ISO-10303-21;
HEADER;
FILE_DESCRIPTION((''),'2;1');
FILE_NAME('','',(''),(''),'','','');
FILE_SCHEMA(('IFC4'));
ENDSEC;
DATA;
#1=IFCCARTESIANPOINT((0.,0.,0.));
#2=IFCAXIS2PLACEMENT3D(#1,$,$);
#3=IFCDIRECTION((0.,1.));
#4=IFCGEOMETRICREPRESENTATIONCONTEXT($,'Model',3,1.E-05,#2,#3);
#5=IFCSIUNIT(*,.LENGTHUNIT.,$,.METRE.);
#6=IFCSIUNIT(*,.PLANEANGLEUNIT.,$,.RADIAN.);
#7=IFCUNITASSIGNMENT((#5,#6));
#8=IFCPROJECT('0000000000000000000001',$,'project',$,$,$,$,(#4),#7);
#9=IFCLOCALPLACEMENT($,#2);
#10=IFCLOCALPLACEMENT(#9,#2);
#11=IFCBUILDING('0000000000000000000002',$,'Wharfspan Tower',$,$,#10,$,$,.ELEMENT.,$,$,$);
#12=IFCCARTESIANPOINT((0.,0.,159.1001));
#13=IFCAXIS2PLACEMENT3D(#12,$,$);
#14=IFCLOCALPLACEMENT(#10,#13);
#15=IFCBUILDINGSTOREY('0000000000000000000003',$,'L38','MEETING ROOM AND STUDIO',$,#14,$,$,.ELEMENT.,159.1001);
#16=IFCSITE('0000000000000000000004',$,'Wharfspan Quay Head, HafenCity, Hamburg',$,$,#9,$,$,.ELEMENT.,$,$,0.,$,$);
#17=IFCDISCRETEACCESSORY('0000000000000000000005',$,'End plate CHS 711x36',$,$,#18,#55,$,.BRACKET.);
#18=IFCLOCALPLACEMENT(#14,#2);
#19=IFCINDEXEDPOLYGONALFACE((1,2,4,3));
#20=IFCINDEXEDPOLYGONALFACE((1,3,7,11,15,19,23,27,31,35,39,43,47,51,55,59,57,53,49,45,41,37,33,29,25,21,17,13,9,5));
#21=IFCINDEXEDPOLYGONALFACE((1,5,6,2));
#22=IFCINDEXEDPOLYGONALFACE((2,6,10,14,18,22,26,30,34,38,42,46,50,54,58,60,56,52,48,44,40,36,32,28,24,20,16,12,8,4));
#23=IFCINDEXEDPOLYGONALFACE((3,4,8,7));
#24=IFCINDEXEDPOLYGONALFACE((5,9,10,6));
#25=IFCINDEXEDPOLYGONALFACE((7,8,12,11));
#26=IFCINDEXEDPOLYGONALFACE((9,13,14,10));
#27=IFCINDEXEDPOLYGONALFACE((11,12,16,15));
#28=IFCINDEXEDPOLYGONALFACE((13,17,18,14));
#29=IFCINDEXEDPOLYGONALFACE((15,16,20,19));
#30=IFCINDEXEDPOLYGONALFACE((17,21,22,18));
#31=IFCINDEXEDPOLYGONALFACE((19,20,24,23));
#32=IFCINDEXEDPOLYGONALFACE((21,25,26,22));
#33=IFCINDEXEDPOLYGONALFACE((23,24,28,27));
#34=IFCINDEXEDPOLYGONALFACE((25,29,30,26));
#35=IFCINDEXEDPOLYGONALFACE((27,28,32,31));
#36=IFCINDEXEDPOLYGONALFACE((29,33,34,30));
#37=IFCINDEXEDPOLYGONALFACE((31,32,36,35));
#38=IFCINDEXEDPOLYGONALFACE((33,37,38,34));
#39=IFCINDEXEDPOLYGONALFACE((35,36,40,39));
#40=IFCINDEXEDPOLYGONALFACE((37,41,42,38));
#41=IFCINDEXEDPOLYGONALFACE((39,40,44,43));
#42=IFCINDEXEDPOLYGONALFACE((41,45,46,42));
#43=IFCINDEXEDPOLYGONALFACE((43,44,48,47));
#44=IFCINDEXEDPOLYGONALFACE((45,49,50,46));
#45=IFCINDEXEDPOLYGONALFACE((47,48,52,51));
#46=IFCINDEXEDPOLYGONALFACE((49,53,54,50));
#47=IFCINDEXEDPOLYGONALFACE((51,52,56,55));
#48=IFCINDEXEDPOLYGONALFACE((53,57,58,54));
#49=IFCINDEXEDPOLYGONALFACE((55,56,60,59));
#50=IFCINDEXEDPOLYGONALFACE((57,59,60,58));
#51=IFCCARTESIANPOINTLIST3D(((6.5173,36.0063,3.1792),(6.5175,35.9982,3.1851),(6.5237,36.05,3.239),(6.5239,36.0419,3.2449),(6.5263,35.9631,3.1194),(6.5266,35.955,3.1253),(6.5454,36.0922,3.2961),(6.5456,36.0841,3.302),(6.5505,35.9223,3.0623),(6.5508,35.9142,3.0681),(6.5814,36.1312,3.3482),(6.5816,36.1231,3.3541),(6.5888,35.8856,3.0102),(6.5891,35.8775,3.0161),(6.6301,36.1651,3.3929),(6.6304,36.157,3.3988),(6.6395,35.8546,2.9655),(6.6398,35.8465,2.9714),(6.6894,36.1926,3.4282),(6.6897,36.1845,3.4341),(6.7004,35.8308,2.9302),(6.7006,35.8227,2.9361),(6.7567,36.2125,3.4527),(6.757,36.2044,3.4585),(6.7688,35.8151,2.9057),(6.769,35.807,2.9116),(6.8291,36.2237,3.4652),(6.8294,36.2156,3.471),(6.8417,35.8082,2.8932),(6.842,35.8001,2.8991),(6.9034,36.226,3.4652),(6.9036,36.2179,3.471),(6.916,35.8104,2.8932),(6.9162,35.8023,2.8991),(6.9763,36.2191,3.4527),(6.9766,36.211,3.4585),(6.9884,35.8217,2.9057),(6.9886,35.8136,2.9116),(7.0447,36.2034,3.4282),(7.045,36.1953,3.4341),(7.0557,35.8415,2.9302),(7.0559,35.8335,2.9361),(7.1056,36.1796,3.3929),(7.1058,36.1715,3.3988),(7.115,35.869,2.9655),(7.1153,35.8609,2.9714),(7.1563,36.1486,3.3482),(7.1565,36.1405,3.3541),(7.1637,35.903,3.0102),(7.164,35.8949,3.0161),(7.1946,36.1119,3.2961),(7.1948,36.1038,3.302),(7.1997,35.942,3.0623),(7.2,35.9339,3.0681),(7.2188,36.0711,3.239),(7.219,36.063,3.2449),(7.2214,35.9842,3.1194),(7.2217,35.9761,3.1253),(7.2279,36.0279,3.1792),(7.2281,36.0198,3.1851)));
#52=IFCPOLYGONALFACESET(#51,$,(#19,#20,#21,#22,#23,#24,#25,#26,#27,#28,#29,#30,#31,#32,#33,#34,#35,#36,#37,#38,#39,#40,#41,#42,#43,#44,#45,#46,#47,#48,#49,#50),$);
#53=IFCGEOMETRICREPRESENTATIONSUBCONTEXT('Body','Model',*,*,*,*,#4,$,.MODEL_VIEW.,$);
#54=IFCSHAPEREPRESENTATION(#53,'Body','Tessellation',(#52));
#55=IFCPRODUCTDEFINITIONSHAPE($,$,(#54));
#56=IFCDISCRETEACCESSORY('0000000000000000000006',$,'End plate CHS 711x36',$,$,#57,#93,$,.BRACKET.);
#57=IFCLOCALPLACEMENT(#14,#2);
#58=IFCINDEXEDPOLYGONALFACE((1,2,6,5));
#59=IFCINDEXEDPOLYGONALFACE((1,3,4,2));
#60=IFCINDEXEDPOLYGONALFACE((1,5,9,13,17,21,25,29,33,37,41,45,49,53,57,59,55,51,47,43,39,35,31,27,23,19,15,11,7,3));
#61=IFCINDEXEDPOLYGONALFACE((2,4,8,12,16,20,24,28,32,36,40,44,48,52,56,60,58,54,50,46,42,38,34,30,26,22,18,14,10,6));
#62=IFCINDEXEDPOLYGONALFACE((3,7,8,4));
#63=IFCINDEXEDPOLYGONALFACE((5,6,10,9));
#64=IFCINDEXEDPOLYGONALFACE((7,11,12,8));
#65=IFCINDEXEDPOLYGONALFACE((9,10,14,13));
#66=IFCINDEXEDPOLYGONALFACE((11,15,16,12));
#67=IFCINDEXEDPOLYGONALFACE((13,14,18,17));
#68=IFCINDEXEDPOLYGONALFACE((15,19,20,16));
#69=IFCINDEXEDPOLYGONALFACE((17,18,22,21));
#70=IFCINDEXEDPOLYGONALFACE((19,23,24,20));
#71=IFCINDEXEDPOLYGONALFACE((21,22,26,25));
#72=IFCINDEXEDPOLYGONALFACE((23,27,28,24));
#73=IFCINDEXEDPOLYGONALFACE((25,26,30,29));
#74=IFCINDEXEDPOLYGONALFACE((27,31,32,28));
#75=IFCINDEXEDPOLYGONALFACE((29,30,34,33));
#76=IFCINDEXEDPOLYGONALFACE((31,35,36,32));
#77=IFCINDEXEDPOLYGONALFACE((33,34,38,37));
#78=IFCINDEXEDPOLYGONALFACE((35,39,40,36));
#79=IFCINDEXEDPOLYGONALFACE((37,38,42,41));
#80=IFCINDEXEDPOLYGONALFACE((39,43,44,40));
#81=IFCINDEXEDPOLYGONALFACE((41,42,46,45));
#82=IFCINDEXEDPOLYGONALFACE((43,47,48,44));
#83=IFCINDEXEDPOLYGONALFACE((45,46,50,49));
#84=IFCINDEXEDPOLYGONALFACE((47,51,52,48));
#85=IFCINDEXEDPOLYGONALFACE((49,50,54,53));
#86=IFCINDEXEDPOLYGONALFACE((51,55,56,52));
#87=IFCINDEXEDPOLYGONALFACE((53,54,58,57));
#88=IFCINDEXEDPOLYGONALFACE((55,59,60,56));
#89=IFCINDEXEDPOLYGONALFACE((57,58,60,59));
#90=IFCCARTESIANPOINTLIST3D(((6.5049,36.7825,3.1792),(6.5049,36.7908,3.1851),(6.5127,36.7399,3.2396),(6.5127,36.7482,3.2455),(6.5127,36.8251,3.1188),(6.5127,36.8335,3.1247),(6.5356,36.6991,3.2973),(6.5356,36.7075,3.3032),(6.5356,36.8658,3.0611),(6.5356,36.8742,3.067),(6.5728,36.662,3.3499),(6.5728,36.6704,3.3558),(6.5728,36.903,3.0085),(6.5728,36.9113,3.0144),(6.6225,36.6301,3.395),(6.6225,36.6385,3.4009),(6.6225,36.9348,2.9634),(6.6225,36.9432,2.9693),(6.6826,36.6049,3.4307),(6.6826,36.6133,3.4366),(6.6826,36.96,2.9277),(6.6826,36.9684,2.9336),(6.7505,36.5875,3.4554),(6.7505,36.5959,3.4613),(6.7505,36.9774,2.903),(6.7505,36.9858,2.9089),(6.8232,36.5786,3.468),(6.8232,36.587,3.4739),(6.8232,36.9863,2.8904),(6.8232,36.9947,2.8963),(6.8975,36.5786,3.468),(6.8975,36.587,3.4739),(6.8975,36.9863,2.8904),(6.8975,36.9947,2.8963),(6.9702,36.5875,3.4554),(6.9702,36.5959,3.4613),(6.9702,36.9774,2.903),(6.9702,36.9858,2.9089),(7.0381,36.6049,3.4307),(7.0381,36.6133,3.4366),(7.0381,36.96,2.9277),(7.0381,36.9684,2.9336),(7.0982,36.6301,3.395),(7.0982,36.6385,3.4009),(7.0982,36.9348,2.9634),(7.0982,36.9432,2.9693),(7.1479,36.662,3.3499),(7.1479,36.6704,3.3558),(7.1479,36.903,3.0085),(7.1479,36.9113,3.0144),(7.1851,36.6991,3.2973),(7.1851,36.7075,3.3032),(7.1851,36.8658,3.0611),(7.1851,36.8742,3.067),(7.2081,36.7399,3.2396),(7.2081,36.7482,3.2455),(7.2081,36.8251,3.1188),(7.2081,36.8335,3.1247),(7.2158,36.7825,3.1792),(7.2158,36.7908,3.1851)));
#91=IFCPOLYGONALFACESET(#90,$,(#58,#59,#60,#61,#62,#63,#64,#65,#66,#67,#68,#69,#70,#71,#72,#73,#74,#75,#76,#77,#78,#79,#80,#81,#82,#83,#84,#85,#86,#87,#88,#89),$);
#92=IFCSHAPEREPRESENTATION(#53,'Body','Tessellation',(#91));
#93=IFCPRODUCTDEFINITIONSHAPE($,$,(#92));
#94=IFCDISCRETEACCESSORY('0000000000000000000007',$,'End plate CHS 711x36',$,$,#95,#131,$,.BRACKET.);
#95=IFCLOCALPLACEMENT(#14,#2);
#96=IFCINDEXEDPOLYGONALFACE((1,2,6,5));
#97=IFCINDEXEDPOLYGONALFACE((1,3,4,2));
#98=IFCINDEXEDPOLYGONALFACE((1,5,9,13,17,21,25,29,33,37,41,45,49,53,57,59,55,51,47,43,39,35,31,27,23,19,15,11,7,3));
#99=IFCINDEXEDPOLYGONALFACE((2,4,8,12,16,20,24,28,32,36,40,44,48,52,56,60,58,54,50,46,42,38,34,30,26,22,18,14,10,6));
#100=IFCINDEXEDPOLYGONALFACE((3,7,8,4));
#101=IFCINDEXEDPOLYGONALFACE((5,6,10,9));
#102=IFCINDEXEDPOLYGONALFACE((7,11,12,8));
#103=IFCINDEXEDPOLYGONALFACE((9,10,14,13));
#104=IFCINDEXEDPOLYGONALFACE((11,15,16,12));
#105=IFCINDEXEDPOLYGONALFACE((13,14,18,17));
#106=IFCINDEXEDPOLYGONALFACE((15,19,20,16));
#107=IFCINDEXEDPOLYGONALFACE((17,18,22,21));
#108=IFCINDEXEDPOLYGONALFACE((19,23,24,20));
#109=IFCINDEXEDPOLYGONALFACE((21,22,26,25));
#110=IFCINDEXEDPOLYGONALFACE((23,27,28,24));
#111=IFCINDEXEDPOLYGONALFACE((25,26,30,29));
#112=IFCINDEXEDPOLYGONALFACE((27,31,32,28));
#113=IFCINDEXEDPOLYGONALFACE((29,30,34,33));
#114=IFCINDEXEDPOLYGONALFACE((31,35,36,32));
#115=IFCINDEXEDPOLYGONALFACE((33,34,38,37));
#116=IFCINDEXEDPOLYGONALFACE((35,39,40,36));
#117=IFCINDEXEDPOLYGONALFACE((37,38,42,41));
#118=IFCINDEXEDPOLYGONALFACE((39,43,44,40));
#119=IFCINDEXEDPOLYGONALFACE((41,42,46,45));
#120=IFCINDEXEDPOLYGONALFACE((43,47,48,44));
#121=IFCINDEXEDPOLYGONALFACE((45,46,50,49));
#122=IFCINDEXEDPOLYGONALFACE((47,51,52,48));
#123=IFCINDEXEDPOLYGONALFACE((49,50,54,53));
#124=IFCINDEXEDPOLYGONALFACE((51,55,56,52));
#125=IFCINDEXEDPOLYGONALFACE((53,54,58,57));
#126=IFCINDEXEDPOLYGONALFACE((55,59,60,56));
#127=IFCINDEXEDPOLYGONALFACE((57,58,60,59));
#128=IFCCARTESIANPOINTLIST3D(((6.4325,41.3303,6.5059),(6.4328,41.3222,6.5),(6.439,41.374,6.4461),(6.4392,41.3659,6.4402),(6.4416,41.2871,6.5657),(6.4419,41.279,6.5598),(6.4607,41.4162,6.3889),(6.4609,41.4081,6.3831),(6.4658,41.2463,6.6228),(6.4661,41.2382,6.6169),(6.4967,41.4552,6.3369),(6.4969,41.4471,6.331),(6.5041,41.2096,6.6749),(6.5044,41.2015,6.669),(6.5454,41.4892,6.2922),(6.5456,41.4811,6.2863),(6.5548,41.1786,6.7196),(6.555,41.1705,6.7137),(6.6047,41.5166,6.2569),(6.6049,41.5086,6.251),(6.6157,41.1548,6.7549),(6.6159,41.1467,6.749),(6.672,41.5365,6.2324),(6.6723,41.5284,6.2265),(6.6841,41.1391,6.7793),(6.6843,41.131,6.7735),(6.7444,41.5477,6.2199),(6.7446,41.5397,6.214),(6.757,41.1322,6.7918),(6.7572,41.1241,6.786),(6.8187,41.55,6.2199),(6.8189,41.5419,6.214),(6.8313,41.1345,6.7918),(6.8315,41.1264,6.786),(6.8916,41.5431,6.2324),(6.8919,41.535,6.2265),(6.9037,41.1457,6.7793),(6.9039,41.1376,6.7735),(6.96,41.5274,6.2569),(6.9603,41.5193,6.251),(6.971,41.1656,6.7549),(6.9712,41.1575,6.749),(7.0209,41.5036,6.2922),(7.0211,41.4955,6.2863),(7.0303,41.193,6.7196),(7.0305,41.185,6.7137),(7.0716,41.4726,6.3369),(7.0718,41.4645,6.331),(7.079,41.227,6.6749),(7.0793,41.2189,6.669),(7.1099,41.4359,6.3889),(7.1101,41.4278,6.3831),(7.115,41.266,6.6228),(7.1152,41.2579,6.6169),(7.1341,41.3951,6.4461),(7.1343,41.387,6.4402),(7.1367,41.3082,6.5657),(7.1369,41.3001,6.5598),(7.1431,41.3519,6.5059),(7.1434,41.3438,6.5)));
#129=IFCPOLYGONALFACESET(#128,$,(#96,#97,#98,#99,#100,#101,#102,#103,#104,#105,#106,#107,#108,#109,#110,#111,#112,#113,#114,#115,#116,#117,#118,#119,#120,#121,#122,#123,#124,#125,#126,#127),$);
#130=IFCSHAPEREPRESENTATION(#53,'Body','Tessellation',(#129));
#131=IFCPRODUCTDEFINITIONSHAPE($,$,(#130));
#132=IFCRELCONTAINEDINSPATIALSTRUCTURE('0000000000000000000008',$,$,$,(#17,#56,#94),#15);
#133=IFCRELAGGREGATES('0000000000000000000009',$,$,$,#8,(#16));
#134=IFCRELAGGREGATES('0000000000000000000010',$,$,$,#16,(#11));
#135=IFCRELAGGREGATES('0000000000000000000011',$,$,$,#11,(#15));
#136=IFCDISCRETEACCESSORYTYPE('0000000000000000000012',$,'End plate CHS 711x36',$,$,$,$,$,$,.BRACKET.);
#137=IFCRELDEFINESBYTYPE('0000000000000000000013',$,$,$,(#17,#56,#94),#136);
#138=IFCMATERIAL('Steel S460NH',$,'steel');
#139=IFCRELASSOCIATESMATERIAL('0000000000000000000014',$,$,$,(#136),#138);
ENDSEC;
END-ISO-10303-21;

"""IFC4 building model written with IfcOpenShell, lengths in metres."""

from ifc_helpers import new_model, si_unit, direction, frame, origin, origin_2d, place, context, subcontext, project, spatial, circle, extrude, material, material_profile, profile_set, type_object, element, save


model = new_model("IFC4")

# Units and contexts
model_context = context("Model", 3, precision=1e-05, world=origin(), true_north=direction((0.0, 1.0)))
body_context = subcontext(model_context, "Body", "Model", "MODEL_VIEW")
ifc_project = project(units=[si_unit("LENGTHUNIT", "METRE"), si_unit("PLANEANGLEUNIT", "RADIAN")], contexts=[model_context])

# Site, building, storey
site_placement = place(None, origin())
site = spatial("IfcSite", under=ifc_project, at=site_placement, Name="Wharfspan Quay Head, HafenCity, Hamburg", CompositionType="ELEMENT", RefElevation=0.0)
building_placement = place(site_placement, origin())
building = spatial("IfcBuilding", under=site, at=building_placement, Name="Wharfspan Tower", CompositionType="ELEMENT")
storey_placement = place(building_placement, frame((0.0, 0.0, 159.1001)))
storey = spatial("IfcBuildingStorey", under=building, at=storey_placement, Name="L38", Description="MEETING ROOM AND STUDIO", CompositionType="ELEMENT", Elevation=159.1001)

# Shared definitions
ifc_material_1 = material(Name="Steel S460NH", Category="steel")

# Discrete accessories
ifc_material_profile_1 = material_profile(ifc_material_1, circle(Radius=0.3555, at=origin_2d()))
ifc_profile_set_1 = profile_set([ifc_material_profile_1], Name="Steel S460NH")
discrete_accessory_type = type_object("IfcDiscreteAccessoryType", Name="End plate CHS 711x36", PredefinedType="BRACKET", material=ifc_profile_set_1)
discrete_accessory_1_placement = place(storey_placement, frame((6.8726, 36.0171, 3.1792), z_axis=(0.0245, -0.808493, 0.587995), x_axis=(0.999537, 0.03029, 0.000001)))
element("IfcDiscreteAccessory", 1, at=discrete_accessory_1_placement, inside=storey, type_object=discrete_accessory_type, Name="End plate CHS 711x36", PredefinedType="BRACKET", context=body_context, shape_type="SweptSolid", body=[
    extrude(circle(Radius=0.3555, at=origin_2d()), origin(), (0.0, 0.0, 1.0), 0.01),
])
discrete_accessory_2_placement = place(storey_placement, frame((6.8604, 36.7825, 3.1792), z_axis=(0.0, 0.816968, 0.576683), x_axis=(-1.0, 0.0, 0.0)))
element("IfcDiscreteAccessory", 2, at=discrete_accessory_2_placement, inside=storey, type_object=discrete_accessory_type, Name="End plate CHS 711x36", PredefinedType="BRACKET", context=body_context, shape_type="SweptSolid", body=[
    extrude(circle(Radius=0.3555, at=origin_2d()), origin(), (0.0, 0.0, 1.0), 0.0103),
])
discrete_accessory_3_placement = place(storey_placement, frame((6.7881, 41.333, 6.5), z_axis=(-0.0245, 0.808493, 0.587995), x_axis=(-0.999537, -0.03029, 0.000001)))
element("IfcDiscreteAccessory", 3, at=discrete_accessory_3_placement, inside=storey, type_object=discrete_accessory_type, Name="End plate CHS 711x36", PredefinedType="BRACKET", context=body_context, shape_type="SweptSolid", body=[
    extrude(circle(Radius=0.3555, at=origin_2d()), origin(), (0.0, 0.0, 1.0), 0.01),
])

save(model, "model.ifc")
